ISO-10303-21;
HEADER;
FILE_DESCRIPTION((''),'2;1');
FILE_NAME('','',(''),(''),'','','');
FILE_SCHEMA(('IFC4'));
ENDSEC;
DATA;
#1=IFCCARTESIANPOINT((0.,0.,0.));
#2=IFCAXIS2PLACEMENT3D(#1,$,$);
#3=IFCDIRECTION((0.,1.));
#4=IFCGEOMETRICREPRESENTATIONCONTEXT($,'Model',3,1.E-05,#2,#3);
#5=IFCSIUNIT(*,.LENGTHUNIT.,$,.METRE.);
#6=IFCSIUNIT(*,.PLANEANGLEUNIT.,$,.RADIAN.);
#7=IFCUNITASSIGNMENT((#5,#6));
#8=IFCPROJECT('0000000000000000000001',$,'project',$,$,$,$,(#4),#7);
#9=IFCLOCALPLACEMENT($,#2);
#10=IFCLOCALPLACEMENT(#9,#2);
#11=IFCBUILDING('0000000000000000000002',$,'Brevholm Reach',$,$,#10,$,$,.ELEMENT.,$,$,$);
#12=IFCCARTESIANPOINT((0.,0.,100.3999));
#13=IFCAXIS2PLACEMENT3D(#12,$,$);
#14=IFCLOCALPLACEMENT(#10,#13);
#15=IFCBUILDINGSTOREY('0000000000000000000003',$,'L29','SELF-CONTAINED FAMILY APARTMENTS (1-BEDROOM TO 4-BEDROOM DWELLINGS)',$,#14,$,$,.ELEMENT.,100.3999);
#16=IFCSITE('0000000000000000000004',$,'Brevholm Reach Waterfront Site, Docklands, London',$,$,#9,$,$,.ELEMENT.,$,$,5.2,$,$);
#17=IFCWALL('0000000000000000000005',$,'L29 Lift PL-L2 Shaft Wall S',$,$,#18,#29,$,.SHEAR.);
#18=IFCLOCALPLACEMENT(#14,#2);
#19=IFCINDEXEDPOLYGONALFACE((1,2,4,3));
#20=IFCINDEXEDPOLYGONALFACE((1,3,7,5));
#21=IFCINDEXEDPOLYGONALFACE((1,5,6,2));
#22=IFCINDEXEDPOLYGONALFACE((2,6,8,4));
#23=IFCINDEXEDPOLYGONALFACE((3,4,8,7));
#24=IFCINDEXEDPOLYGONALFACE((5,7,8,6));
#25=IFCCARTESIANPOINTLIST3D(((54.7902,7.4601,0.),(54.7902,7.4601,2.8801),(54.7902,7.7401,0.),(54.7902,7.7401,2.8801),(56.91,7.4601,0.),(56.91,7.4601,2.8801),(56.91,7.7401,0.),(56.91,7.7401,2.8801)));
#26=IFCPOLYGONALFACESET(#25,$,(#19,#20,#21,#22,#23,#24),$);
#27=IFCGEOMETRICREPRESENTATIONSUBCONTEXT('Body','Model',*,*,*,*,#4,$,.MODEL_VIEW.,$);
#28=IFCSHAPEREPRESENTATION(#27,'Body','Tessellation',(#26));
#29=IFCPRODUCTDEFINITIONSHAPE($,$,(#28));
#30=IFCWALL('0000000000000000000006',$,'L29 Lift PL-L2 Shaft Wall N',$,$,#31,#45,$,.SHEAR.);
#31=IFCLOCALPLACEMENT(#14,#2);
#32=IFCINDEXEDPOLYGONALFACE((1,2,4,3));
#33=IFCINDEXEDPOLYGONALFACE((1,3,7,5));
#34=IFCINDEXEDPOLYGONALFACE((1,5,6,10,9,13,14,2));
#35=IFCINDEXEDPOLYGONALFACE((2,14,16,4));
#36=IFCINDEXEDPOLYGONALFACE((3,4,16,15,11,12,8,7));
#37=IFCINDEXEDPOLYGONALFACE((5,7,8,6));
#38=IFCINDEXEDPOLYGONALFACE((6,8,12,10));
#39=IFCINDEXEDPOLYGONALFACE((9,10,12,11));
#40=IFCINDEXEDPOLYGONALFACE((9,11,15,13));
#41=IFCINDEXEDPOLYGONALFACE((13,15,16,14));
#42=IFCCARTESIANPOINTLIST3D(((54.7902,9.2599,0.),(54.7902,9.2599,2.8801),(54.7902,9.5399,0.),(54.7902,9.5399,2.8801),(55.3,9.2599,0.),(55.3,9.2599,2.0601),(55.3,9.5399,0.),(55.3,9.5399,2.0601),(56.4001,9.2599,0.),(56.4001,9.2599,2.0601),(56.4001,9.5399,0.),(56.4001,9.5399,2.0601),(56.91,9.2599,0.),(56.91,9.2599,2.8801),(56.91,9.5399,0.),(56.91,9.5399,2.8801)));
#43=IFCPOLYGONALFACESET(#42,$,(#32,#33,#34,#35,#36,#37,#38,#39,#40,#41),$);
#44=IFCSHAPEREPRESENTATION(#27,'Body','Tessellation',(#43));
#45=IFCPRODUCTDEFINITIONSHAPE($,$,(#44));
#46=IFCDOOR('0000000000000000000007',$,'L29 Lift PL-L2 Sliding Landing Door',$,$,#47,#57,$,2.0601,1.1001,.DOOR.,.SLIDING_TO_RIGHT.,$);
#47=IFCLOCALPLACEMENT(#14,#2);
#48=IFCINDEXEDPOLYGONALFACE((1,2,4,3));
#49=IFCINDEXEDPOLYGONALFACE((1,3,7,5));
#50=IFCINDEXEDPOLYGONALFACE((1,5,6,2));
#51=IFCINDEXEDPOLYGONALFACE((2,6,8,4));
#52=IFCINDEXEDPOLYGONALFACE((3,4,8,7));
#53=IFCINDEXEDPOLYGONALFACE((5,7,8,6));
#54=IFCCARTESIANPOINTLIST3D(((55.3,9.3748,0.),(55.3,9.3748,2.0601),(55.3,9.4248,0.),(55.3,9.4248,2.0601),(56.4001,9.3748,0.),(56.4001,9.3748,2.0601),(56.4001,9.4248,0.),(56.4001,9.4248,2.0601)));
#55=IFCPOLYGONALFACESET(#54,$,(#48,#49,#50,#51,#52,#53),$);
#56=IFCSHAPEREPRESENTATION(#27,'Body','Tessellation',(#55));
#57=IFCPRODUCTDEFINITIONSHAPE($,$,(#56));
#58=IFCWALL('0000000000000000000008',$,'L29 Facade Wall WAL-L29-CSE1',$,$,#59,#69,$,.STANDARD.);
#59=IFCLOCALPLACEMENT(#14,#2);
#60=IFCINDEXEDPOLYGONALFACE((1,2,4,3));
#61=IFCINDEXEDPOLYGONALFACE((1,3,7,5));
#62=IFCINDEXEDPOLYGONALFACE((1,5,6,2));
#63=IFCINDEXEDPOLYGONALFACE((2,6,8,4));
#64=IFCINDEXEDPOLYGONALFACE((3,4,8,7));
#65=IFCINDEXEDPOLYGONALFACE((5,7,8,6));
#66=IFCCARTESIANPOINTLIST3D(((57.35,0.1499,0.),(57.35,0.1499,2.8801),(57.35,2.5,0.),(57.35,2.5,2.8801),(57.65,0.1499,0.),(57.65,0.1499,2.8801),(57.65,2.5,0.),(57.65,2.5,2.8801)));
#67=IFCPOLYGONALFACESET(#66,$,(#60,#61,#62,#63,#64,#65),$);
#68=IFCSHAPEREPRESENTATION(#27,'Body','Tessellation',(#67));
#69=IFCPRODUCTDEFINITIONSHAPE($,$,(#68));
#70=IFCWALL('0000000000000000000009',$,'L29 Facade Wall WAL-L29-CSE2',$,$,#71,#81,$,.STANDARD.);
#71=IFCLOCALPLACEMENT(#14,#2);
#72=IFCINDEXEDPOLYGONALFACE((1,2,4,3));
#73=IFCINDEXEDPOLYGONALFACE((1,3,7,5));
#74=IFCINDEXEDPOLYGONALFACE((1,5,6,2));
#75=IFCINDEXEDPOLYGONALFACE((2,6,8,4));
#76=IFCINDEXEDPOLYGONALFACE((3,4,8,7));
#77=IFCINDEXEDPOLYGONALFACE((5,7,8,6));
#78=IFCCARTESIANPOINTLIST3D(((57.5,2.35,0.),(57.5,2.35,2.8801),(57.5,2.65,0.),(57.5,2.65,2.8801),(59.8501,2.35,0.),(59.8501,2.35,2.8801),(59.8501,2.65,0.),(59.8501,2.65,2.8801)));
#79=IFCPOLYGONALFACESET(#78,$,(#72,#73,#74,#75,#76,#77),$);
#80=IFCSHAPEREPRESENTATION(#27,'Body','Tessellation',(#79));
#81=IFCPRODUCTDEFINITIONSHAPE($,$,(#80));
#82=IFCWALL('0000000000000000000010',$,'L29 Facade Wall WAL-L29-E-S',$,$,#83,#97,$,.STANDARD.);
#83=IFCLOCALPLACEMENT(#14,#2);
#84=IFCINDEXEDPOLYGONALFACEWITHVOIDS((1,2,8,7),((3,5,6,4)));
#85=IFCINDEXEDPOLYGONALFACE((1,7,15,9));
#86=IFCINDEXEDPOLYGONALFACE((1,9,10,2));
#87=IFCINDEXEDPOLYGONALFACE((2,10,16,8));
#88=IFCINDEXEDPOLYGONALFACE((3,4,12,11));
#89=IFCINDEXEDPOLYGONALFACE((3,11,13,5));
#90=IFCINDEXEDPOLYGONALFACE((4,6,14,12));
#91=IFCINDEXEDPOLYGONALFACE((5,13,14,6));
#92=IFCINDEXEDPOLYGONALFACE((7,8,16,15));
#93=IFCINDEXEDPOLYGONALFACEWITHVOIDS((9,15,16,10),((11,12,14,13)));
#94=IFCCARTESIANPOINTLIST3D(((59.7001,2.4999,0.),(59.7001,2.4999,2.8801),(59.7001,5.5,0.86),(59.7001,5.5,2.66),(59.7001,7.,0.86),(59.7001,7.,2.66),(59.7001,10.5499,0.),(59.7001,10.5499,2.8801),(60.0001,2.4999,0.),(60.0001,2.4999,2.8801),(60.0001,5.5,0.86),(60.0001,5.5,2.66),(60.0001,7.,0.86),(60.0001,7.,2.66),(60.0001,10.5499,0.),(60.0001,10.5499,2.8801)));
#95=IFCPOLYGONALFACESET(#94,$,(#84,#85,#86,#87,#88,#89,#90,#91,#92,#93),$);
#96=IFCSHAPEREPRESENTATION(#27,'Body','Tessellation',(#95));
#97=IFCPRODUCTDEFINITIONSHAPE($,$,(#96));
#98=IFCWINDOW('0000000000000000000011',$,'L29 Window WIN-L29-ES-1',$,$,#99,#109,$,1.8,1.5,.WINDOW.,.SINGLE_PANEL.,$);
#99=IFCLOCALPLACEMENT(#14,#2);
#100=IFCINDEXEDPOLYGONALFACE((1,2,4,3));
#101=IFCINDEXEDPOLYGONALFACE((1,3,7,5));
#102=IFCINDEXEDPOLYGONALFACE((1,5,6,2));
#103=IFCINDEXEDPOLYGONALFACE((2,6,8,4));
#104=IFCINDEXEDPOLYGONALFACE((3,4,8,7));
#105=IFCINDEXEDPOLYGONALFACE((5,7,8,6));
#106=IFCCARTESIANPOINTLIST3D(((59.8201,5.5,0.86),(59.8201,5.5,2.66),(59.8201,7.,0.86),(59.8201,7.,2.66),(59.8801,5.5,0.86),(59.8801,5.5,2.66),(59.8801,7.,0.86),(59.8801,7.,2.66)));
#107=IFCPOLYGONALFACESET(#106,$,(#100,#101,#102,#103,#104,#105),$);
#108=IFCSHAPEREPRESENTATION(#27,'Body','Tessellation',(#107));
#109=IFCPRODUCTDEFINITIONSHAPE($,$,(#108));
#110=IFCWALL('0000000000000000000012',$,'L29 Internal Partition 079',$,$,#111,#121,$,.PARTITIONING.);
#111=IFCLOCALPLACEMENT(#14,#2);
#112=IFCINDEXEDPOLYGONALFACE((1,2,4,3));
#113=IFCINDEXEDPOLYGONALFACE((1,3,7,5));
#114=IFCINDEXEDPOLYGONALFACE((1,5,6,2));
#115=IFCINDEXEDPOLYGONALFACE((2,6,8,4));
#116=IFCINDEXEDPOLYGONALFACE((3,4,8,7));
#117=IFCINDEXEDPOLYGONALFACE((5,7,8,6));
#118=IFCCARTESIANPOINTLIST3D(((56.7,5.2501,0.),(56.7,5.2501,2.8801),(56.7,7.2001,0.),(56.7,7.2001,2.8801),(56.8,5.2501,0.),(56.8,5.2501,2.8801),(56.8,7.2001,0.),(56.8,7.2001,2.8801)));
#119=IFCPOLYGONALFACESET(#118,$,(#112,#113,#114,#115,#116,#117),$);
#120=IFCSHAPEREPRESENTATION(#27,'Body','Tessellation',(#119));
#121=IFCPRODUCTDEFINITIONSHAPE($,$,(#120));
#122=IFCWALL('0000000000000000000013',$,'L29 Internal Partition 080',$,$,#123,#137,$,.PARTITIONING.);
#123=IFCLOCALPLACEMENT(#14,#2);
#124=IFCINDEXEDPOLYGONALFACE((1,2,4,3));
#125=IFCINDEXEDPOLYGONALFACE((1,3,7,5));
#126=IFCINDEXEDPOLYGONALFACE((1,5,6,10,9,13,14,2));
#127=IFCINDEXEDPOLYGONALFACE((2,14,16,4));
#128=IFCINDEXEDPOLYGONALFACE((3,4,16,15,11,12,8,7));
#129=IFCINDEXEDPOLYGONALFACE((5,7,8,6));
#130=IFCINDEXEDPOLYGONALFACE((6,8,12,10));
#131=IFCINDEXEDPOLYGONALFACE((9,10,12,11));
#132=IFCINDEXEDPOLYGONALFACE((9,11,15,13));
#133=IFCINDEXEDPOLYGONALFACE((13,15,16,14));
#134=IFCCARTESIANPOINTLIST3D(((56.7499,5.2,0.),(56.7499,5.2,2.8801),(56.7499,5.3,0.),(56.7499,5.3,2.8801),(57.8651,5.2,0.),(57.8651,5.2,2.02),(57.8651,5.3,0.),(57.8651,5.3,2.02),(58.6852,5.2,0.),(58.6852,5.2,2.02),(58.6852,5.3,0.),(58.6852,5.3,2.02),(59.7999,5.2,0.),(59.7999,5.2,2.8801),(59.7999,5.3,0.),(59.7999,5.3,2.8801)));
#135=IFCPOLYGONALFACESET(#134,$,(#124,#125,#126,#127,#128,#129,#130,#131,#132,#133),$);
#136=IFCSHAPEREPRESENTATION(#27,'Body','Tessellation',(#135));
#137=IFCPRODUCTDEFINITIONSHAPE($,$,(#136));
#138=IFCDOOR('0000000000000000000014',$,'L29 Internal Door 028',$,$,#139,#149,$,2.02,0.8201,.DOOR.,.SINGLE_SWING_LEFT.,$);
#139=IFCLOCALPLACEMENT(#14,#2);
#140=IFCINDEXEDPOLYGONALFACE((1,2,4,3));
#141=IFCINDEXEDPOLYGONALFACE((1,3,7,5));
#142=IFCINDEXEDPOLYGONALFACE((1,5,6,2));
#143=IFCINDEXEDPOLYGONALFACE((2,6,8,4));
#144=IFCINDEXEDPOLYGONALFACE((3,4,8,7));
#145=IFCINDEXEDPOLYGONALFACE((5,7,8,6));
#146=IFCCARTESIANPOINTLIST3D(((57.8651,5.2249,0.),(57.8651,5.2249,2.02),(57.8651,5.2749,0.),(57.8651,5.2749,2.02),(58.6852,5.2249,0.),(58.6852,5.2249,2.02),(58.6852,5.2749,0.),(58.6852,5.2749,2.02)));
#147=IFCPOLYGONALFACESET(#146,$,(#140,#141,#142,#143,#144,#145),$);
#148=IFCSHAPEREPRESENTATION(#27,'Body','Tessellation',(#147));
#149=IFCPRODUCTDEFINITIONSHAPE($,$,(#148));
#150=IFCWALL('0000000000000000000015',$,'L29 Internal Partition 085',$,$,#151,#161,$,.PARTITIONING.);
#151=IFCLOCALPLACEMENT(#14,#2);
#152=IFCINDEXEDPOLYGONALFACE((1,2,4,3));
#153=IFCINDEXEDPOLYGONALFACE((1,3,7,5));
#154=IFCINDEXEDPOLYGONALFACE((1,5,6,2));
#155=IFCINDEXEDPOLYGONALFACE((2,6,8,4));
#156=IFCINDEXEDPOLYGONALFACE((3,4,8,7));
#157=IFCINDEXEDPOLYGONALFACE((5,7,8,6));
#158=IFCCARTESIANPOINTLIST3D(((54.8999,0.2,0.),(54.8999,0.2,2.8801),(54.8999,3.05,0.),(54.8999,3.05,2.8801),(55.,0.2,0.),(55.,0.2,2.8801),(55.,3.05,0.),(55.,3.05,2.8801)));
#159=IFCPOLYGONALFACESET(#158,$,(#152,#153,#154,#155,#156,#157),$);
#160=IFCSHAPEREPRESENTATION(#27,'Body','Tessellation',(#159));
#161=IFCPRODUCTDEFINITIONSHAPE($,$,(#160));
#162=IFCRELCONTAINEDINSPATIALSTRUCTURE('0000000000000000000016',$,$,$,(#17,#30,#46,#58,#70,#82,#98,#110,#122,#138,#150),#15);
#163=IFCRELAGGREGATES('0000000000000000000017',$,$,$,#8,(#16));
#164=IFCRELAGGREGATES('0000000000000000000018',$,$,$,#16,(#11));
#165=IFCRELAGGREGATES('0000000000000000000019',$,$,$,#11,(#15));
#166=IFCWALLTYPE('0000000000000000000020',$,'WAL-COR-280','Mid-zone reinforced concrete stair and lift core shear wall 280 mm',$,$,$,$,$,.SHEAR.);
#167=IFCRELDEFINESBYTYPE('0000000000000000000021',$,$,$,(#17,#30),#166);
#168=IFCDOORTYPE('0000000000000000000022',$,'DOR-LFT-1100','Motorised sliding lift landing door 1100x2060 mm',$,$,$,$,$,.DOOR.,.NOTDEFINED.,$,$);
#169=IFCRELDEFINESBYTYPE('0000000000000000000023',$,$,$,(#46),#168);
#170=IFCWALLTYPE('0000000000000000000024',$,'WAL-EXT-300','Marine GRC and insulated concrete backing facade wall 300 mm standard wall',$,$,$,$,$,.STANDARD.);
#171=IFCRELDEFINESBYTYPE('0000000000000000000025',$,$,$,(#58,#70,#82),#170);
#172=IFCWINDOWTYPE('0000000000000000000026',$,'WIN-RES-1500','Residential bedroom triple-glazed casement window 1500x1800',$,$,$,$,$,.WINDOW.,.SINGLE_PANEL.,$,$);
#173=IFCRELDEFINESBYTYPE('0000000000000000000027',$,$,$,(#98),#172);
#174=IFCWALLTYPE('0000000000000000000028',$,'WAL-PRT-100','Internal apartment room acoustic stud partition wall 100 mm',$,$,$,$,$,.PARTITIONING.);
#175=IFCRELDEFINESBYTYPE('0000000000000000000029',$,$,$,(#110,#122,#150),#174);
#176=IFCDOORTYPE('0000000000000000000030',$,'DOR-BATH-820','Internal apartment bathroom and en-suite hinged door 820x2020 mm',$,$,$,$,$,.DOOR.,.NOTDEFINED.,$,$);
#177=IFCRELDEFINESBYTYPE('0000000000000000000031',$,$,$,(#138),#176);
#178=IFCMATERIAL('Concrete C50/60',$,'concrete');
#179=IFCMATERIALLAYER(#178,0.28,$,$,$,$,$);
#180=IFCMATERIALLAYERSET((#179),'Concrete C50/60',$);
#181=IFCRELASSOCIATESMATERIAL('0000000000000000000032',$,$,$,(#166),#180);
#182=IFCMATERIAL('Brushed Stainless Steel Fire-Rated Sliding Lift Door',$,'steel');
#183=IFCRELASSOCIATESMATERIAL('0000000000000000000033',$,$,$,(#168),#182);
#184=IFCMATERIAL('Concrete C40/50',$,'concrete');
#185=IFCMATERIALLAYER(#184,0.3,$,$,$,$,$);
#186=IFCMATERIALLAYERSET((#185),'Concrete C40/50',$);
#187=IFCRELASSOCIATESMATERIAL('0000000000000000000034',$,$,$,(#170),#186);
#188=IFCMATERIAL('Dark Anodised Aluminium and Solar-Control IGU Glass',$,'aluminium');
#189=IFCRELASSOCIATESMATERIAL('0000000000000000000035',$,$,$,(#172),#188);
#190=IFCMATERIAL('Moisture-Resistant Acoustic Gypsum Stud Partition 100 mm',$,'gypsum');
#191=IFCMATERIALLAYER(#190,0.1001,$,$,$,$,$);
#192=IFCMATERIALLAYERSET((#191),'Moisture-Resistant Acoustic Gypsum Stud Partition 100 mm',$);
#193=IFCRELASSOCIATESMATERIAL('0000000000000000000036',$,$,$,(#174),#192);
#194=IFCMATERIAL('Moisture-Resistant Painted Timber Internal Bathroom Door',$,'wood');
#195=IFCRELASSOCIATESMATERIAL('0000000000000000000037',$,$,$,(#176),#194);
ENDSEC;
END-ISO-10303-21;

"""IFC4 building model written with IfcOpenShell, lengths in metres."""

from ifc_helpers import new_model, si_unit, direction, frame, frame_2d, origin, place, context, subcontext, project, spatial, rectangle, extrude, material, layer, layer_set, type_object, element, fill, save


model = new_model("IFC4")

# Units and contexts
model_context = context("Model", 3, precision=1e-05, world=origin(), true_north=direction((0.0, 1.0)))
body_context = subcontext(model_context, "Body", "Model", "MODEL_VIEW")
ifc_project = project(units=[si_unit("LENGTHUNIT", "METRE"), si_unit("PLANEANGLEUNIT", "RADIAN")], contexts=[model_context])

# Site, building, storey
site_placement = place(None, origin())
site = spatial("IfcSite", under=ifc_project, at=site_placement, Name="Brevholm Reach Waterfront Site, Docklands, London", CompositionType="ELEMENT", RefElevation=5.2)
building_placement = place(site_placement, origin())
building = spatial("IfcBuilding", under=site, at=building_placement, Name="Brevholm Reach", CompositionType="ELEMENT")
storey_placement = place(building_placement, frame((0.0, 0.0, 100.3999)))
storey = spatial("IfcBuildingStorey", under=building, at=storey_placement, Name="L29", Description="SELF-CONTAINED FAMILY APARTMENTS (1-BEDROOM TO 4-BEDROOM DWELLINGS)", CompositionType="ELEMENT", Elevation=100.3999)

# Wall
ifc_material_1 = material(Name="Concrete C50/60", Category="concrete")
ifc_layer_1 = layer(ifc_material_1, 0.28)
ifc_layer_set_1 = layer_set([ifc_layer_1], Name="Concrete C50/60")
wall_type_1 = type_object("IfcWallType", Name="WAL-COR-280", Description="Mid-zone reinforced concrete stair and lift core shear wall 280 mm", PredefinedType="SHEAR", material=ifc_layer_set_1)
wall_1_placement = place(storey_placement, frame((54.79, 7.6001, 0.0), z_axis=(0.0, 0.0, 1.0), x_axis=(1.0, 0.0, 0.0)))
element("IfcWall", 1, at=wall_1_placement, inside=storey, type_object=wall_type_1, Name="L29 Lift PL-L2 Shaft Wall S", PredefinedType="SHEAR", context=body_context, shape_type="SweptSolid", body=[
    extrude(rectangle(XDim=2.1199, YDim=0.28, at=frame_2d((1.0601, 0.0))), origin(), (0.0, 0.0, 1.0), 2.8801),
])

# Wall, opening, door
wall_2_placement = place(storey_placement, frame((54.79, 9.3999, 0.0), z_axis=(0.0, 0.0, 1.0), x_axis=(1.0, 0.0, 0.0)))
wall_2 = element("IfcWall", 2, at=wall_2_placement, inside=storey, type_object=wall_type_1, Name="L29 Lift PL-L2 Shaft Wall N", PredefinedType="SHEAR", context=body_context, shape_type="SweptSolid", body=[
    extrude(rectangle(XDim=2.1199, YDim=0.28, at=frame_2d((1.0601, 0.0))), origin(), (0.0, 0.0, 1.0), 2.8801),
])
opening_1_placement = place(wall_2_placement, frame((0.51, 0.0, 0.0)))
opening_1 = element("IfcOpeningElement", 3, at=opening_1_placement, cuts=wall_2, PredefinedType="OPENING", context=body_context, shape_type="SweptSolid", body=[
    extrude(rectangle(XDim=1.1001, YDim=2.0601, at=frame_2d((0.55, 1.03))), frame((0.0, 0.1499, 0.0), z_axis=(0.0, -1.0, 0.0), x_axis=(1.0, 0.0, 0.0)), (0.0, 0.0, 1.0), 0.3),
])
ifc_material_2 = material(Name="Brushed Stainless Steel Fire-Rated Sliding Lift Door", Category="steel")
door_type_1 = type_object("IfcDoorType", Name="DOR-LFT-1100", Description="Motorised sliding lift landing door 1100x2060 mm", OperationType="NOTDEFINED", PredefinedType="DOOR", material=ifc_material_2)
door_1_placement = place(opening_1_placement, origin())
door_1 = element("IfcDoor", 4, at=door_1_placement, inside=storey, type_object=door_type_1, Name="L29 Lift PL-L2 Sliding Landing Door", OperationType="SLIDING_TO_RIGHT", OverallHeight=2.0601, OverallWidth=1.1001, PredefinedType="DOOR", context=body_context, shape_type="SweptSolid", body=[
    extrude(rectangle(XDim=1.1001, YDim=2.0601, at=frame_2d((0.55, 1.03))), frame((0.0, 0.0249, 0.0), z_axis=(0.0, -1.0, 0.0), x_axis=(1.0, 0.0, 0.0)), (0.0, 0.0, 1.0), 0.05),
])
fill(opening_1, door_1)

# Walls
ifc_material_3 = material(Name="Concrete C40/50", Category="concrete")
ifc_layer_2 = layer(ifc_material_3, 0.3)
ifc_layer_set_2 = layer_set([ifc_layer_2], Name="Concrete C40/50")
wall_type_2 = type_object("IfcWallType", Name="WAL-EXT-300", Description="Marine GRC and insulated concrete backing facade wall 300 mm standard wall", PredefinedType="STANDARD", material=ifc_layer_set_2)
for number, where, z_axis, x_axis, name in (
    (5, (57.5, 0.1499, 0.0), (0.0, 0.0, 1.0), (0.0, 1.0, 0.0), "L29 Facade Wall WAL-L29-CSE1"),
    (6, (57.5, 2.5, 0.0), (0.0, 0.0, 1.0), (1.0, 0.0, 0.0), "L29 Facade Wall WAL-L29-CSE2"),
):
    element("IfcWall", number, at=place(storey_placement, frame(where, z_axis=z_axis, x_axis=x_axis)), inside=storey, type_object=wall_type_2, Name=name, PredefinedType="STANDARD", context=body_context, shape_type="SweptSolid", body=[
        extrude(rectangle(XDim=2.3501, YDim=0.3, at=frame_2d((1.175, 0.0))), origin(), (0.0, 0.0, 1.0), 2.8801),
    ])

# Wall, opening, window
wall_3_placement = place(storey_placement, frame((59.8501, 2.5, 0.0), z_axis=(0.0, 0.0, 1.0), x_axis=(0.0, 1.0, 0.0)))
wall_3 = element("IfcWall", 7, at=wall_3_placement, inside=storey, type_object=wall_type_2, Name="L29 Facade Wall WAL-L29-E-S", PredefinedType="STANDARD", context=body_context, shape_type="SweptSolid", body=[
    extrude(rectangle(XDim=8.05, YDim=0.3, at=frame_2d((4.0249, 0.0))), origin(), (0.0, 0.0, 1.0), 2.8801),
])
opening_2_placement = place(wall_3_placement, frame((3.0, 0.0, 0.8601)))
opening_2 = element("IfcOpeningElement", 8, at=opening_2_placement, cuts=wall_3, PredefinedType="OPENING", context=body_context, shape_type="SweptSolid", body=[
    extrude(rectangle(XDim=1.5, YDim=1.8, at=frame_2d((0.75, 0.8999))), frame((0.0, 0.1599, 0.0), z_axis=(0.0, -1.0, 0.0), x_axis=(1.0, 0.0, 0.0)), (0.0, 0.0, 1.0), 0.3201),
])
ifc_material_4 = material(Name="Dark Anodised Aluminium and Solar-Control IGU Glass", Category="aluminium")
window_type = type_object("IfcWindowType", Name="WIN-RES-1500", Description="Residential bedroom triple-glazed casement window 1500x1800", PartitioningType="SINGLE_PANEL", PredefinedType="WINDOW", material=ifc_material_4)
window_placement = place(opening_2_placement, origin())
window = element("IfcWindow", 9, at=window_placement, inside=storey, type_object=window_type, Name="L29 Window WIN-L29-ES-1", OverallHeight=1.8, OverallWidth=1.5, PartitioningType="SINGLE_PANEL", PredefinedType="WINDOW", context=body_context, shape_type="SweptSolid", body=[
    extrude(rectangle(XDim=1.5, YDim=1.8, at=frame_2d((0.75, 0.8999))), frame((0.0, 0.03, 0.0), z_axis=(0.0, -1.0, 0.0), x_axis=(1.0, 0.0, 0.0)), (0.0, 0.0, 1.0), 0.0601),
])
fill(opening_2, window)

# Wall
ifc_material_5 = material(Name="Moisture-Resistant Acoustic Gypsum Stud Partition 100 mm", Category="gypsum")
ifc_layer_3 = layer(ifc_material_5, 0.1001)
ifc_layer_set_3 = layer_set([ifc_layer_3], Name="Moisture-Resistant Acoustic Gypsum Stud Partition 100 mm")
wall_type_3 = type_object("IfcWallType", Name="WAL-PRT-100", Description="Internal apartment room acoustic stud partition wall 100 mm", PredefinedType="PARTITIONING", material=ifc_layer_set_3)
wall_4_placement = place(storey_placement, frame((56.75, 5.25, 0.0), z_axis=(0.0, 0.0, 1.0), x_axis=(0.0, 1.0, 0.0)))
element("IfcWall", 10, at=wall_4_placement, inside=storey, type_object=wall_type_3, Name="L29 Internal Partition 079", PredefinedType="PARTITIONING", context=body_context, shape_type="SweptSolid", body=[
    extrude(rectangle(XDim=1.95, YDim=0.1001, at=frame_2d((0.9751, 0.0))), origin(), (0.0, 0.0, 1.0), 2.8801),
])

# Wall, opening, door
wall_5_placement = place(storey_placement, frame((56.75, 5.25, 0.0), z_axis=(0.0, 0.0, 1.0), x_axis=(1.0, 0.0, 0.0)))
wall_5 = element("IfcWall", 11, at=wall_5_placement, inside=storey, type_object=wall_type_3, Name="L29 Internal Partition 080", PredefinedType="PARTITIONING", context=body_context, shape_type="SweptSolid", body=[
    extrude(rectangle(XDim=3.05, YDim=0.1001, at=frame_2d((1.5249, 0.0))), origin(), (0.0, 0.0, 1.0), 2.8801),
])
opening_3_placement = place(wall_5_placement, frame((1.115, 0.0, 0.0)))
opening_3 = element("IfcOpeningElement", 12, at=opening_3_placement, cuts=wall_5, PredefinedType="OPENING", context=body_context, shape_type="SweptSolid", body=[
    extrude(rectangle(XDim=0.8201, YDim=2.02, at=frame_2d((0.4102, 1.01))), frame((0.0, 0.0601, 0.0), z_axis=(0.0, -1.0, 0.0), x_axis=(1.0, 0.0, 0.0)), (0.0, 0.0, 1.0), 0.1201),
])
ifc_material_6 = material(Name="Moisture-Resistant Painted Timber Internal Bathroom Door", Category="wood")
door_type_2 = type_object("IfcDoorType", Name="DOR-BATH-820", Description="Internal apartment bathroom and en-suite hinged door 820x2020 mm", OperationType="NOTDEFINED", PredefinedType="DOOR", material=ifc_material_6)
door_2_placement = place(opening_3_placement, origin())
door_2 = element("IfcDoor", 13, at=door_2_placement, inside=storey, type_object=door_type_2, Name="L29 Internal Door 028", OperationType="SINGLE_SWING_LEFT", OverallHeight=2.02, OverallWidth=0.8201, PredefinedType="DOOR", context=body_context, shape_type="SweptSolid", body=[
    extrude(rectangle(XDim=0.8201, YDim=2.02, at=frame_2d((0.4102, 1.01))), frame((0.0, 0.0249, 0.0), z_axis=(0.0, -1.0, 0.0), x_axis=(1.0, 0.0, 0.0)), (0.0, 0.0, 1.0), 0.05),
])
fill(opening_3, door_2)

# Wall
wall_6_placement = place(storey_placement, frame((54.95, 0.2, 0.0), z_axis=(0.0, 0.0, 1.0), x_axis=(0.0, 1.0, 0.0)))
element("IfcWall", 14, at=wall_6_placement, inside=storey, type_object=wall_type_3, Name="L29 Internal Partition 085", PredefinedType="PARTITIONING", context=body_context, shape_type="SweptSolid", body=[
    extrude(rectangle(XDim=2.8501, YDim=0.1001, at=frame_2d((1.425, 0.0))), origin(), (0.0, 0.0, 1.0), 2.8801),
])

save(model, "model.ifc")
